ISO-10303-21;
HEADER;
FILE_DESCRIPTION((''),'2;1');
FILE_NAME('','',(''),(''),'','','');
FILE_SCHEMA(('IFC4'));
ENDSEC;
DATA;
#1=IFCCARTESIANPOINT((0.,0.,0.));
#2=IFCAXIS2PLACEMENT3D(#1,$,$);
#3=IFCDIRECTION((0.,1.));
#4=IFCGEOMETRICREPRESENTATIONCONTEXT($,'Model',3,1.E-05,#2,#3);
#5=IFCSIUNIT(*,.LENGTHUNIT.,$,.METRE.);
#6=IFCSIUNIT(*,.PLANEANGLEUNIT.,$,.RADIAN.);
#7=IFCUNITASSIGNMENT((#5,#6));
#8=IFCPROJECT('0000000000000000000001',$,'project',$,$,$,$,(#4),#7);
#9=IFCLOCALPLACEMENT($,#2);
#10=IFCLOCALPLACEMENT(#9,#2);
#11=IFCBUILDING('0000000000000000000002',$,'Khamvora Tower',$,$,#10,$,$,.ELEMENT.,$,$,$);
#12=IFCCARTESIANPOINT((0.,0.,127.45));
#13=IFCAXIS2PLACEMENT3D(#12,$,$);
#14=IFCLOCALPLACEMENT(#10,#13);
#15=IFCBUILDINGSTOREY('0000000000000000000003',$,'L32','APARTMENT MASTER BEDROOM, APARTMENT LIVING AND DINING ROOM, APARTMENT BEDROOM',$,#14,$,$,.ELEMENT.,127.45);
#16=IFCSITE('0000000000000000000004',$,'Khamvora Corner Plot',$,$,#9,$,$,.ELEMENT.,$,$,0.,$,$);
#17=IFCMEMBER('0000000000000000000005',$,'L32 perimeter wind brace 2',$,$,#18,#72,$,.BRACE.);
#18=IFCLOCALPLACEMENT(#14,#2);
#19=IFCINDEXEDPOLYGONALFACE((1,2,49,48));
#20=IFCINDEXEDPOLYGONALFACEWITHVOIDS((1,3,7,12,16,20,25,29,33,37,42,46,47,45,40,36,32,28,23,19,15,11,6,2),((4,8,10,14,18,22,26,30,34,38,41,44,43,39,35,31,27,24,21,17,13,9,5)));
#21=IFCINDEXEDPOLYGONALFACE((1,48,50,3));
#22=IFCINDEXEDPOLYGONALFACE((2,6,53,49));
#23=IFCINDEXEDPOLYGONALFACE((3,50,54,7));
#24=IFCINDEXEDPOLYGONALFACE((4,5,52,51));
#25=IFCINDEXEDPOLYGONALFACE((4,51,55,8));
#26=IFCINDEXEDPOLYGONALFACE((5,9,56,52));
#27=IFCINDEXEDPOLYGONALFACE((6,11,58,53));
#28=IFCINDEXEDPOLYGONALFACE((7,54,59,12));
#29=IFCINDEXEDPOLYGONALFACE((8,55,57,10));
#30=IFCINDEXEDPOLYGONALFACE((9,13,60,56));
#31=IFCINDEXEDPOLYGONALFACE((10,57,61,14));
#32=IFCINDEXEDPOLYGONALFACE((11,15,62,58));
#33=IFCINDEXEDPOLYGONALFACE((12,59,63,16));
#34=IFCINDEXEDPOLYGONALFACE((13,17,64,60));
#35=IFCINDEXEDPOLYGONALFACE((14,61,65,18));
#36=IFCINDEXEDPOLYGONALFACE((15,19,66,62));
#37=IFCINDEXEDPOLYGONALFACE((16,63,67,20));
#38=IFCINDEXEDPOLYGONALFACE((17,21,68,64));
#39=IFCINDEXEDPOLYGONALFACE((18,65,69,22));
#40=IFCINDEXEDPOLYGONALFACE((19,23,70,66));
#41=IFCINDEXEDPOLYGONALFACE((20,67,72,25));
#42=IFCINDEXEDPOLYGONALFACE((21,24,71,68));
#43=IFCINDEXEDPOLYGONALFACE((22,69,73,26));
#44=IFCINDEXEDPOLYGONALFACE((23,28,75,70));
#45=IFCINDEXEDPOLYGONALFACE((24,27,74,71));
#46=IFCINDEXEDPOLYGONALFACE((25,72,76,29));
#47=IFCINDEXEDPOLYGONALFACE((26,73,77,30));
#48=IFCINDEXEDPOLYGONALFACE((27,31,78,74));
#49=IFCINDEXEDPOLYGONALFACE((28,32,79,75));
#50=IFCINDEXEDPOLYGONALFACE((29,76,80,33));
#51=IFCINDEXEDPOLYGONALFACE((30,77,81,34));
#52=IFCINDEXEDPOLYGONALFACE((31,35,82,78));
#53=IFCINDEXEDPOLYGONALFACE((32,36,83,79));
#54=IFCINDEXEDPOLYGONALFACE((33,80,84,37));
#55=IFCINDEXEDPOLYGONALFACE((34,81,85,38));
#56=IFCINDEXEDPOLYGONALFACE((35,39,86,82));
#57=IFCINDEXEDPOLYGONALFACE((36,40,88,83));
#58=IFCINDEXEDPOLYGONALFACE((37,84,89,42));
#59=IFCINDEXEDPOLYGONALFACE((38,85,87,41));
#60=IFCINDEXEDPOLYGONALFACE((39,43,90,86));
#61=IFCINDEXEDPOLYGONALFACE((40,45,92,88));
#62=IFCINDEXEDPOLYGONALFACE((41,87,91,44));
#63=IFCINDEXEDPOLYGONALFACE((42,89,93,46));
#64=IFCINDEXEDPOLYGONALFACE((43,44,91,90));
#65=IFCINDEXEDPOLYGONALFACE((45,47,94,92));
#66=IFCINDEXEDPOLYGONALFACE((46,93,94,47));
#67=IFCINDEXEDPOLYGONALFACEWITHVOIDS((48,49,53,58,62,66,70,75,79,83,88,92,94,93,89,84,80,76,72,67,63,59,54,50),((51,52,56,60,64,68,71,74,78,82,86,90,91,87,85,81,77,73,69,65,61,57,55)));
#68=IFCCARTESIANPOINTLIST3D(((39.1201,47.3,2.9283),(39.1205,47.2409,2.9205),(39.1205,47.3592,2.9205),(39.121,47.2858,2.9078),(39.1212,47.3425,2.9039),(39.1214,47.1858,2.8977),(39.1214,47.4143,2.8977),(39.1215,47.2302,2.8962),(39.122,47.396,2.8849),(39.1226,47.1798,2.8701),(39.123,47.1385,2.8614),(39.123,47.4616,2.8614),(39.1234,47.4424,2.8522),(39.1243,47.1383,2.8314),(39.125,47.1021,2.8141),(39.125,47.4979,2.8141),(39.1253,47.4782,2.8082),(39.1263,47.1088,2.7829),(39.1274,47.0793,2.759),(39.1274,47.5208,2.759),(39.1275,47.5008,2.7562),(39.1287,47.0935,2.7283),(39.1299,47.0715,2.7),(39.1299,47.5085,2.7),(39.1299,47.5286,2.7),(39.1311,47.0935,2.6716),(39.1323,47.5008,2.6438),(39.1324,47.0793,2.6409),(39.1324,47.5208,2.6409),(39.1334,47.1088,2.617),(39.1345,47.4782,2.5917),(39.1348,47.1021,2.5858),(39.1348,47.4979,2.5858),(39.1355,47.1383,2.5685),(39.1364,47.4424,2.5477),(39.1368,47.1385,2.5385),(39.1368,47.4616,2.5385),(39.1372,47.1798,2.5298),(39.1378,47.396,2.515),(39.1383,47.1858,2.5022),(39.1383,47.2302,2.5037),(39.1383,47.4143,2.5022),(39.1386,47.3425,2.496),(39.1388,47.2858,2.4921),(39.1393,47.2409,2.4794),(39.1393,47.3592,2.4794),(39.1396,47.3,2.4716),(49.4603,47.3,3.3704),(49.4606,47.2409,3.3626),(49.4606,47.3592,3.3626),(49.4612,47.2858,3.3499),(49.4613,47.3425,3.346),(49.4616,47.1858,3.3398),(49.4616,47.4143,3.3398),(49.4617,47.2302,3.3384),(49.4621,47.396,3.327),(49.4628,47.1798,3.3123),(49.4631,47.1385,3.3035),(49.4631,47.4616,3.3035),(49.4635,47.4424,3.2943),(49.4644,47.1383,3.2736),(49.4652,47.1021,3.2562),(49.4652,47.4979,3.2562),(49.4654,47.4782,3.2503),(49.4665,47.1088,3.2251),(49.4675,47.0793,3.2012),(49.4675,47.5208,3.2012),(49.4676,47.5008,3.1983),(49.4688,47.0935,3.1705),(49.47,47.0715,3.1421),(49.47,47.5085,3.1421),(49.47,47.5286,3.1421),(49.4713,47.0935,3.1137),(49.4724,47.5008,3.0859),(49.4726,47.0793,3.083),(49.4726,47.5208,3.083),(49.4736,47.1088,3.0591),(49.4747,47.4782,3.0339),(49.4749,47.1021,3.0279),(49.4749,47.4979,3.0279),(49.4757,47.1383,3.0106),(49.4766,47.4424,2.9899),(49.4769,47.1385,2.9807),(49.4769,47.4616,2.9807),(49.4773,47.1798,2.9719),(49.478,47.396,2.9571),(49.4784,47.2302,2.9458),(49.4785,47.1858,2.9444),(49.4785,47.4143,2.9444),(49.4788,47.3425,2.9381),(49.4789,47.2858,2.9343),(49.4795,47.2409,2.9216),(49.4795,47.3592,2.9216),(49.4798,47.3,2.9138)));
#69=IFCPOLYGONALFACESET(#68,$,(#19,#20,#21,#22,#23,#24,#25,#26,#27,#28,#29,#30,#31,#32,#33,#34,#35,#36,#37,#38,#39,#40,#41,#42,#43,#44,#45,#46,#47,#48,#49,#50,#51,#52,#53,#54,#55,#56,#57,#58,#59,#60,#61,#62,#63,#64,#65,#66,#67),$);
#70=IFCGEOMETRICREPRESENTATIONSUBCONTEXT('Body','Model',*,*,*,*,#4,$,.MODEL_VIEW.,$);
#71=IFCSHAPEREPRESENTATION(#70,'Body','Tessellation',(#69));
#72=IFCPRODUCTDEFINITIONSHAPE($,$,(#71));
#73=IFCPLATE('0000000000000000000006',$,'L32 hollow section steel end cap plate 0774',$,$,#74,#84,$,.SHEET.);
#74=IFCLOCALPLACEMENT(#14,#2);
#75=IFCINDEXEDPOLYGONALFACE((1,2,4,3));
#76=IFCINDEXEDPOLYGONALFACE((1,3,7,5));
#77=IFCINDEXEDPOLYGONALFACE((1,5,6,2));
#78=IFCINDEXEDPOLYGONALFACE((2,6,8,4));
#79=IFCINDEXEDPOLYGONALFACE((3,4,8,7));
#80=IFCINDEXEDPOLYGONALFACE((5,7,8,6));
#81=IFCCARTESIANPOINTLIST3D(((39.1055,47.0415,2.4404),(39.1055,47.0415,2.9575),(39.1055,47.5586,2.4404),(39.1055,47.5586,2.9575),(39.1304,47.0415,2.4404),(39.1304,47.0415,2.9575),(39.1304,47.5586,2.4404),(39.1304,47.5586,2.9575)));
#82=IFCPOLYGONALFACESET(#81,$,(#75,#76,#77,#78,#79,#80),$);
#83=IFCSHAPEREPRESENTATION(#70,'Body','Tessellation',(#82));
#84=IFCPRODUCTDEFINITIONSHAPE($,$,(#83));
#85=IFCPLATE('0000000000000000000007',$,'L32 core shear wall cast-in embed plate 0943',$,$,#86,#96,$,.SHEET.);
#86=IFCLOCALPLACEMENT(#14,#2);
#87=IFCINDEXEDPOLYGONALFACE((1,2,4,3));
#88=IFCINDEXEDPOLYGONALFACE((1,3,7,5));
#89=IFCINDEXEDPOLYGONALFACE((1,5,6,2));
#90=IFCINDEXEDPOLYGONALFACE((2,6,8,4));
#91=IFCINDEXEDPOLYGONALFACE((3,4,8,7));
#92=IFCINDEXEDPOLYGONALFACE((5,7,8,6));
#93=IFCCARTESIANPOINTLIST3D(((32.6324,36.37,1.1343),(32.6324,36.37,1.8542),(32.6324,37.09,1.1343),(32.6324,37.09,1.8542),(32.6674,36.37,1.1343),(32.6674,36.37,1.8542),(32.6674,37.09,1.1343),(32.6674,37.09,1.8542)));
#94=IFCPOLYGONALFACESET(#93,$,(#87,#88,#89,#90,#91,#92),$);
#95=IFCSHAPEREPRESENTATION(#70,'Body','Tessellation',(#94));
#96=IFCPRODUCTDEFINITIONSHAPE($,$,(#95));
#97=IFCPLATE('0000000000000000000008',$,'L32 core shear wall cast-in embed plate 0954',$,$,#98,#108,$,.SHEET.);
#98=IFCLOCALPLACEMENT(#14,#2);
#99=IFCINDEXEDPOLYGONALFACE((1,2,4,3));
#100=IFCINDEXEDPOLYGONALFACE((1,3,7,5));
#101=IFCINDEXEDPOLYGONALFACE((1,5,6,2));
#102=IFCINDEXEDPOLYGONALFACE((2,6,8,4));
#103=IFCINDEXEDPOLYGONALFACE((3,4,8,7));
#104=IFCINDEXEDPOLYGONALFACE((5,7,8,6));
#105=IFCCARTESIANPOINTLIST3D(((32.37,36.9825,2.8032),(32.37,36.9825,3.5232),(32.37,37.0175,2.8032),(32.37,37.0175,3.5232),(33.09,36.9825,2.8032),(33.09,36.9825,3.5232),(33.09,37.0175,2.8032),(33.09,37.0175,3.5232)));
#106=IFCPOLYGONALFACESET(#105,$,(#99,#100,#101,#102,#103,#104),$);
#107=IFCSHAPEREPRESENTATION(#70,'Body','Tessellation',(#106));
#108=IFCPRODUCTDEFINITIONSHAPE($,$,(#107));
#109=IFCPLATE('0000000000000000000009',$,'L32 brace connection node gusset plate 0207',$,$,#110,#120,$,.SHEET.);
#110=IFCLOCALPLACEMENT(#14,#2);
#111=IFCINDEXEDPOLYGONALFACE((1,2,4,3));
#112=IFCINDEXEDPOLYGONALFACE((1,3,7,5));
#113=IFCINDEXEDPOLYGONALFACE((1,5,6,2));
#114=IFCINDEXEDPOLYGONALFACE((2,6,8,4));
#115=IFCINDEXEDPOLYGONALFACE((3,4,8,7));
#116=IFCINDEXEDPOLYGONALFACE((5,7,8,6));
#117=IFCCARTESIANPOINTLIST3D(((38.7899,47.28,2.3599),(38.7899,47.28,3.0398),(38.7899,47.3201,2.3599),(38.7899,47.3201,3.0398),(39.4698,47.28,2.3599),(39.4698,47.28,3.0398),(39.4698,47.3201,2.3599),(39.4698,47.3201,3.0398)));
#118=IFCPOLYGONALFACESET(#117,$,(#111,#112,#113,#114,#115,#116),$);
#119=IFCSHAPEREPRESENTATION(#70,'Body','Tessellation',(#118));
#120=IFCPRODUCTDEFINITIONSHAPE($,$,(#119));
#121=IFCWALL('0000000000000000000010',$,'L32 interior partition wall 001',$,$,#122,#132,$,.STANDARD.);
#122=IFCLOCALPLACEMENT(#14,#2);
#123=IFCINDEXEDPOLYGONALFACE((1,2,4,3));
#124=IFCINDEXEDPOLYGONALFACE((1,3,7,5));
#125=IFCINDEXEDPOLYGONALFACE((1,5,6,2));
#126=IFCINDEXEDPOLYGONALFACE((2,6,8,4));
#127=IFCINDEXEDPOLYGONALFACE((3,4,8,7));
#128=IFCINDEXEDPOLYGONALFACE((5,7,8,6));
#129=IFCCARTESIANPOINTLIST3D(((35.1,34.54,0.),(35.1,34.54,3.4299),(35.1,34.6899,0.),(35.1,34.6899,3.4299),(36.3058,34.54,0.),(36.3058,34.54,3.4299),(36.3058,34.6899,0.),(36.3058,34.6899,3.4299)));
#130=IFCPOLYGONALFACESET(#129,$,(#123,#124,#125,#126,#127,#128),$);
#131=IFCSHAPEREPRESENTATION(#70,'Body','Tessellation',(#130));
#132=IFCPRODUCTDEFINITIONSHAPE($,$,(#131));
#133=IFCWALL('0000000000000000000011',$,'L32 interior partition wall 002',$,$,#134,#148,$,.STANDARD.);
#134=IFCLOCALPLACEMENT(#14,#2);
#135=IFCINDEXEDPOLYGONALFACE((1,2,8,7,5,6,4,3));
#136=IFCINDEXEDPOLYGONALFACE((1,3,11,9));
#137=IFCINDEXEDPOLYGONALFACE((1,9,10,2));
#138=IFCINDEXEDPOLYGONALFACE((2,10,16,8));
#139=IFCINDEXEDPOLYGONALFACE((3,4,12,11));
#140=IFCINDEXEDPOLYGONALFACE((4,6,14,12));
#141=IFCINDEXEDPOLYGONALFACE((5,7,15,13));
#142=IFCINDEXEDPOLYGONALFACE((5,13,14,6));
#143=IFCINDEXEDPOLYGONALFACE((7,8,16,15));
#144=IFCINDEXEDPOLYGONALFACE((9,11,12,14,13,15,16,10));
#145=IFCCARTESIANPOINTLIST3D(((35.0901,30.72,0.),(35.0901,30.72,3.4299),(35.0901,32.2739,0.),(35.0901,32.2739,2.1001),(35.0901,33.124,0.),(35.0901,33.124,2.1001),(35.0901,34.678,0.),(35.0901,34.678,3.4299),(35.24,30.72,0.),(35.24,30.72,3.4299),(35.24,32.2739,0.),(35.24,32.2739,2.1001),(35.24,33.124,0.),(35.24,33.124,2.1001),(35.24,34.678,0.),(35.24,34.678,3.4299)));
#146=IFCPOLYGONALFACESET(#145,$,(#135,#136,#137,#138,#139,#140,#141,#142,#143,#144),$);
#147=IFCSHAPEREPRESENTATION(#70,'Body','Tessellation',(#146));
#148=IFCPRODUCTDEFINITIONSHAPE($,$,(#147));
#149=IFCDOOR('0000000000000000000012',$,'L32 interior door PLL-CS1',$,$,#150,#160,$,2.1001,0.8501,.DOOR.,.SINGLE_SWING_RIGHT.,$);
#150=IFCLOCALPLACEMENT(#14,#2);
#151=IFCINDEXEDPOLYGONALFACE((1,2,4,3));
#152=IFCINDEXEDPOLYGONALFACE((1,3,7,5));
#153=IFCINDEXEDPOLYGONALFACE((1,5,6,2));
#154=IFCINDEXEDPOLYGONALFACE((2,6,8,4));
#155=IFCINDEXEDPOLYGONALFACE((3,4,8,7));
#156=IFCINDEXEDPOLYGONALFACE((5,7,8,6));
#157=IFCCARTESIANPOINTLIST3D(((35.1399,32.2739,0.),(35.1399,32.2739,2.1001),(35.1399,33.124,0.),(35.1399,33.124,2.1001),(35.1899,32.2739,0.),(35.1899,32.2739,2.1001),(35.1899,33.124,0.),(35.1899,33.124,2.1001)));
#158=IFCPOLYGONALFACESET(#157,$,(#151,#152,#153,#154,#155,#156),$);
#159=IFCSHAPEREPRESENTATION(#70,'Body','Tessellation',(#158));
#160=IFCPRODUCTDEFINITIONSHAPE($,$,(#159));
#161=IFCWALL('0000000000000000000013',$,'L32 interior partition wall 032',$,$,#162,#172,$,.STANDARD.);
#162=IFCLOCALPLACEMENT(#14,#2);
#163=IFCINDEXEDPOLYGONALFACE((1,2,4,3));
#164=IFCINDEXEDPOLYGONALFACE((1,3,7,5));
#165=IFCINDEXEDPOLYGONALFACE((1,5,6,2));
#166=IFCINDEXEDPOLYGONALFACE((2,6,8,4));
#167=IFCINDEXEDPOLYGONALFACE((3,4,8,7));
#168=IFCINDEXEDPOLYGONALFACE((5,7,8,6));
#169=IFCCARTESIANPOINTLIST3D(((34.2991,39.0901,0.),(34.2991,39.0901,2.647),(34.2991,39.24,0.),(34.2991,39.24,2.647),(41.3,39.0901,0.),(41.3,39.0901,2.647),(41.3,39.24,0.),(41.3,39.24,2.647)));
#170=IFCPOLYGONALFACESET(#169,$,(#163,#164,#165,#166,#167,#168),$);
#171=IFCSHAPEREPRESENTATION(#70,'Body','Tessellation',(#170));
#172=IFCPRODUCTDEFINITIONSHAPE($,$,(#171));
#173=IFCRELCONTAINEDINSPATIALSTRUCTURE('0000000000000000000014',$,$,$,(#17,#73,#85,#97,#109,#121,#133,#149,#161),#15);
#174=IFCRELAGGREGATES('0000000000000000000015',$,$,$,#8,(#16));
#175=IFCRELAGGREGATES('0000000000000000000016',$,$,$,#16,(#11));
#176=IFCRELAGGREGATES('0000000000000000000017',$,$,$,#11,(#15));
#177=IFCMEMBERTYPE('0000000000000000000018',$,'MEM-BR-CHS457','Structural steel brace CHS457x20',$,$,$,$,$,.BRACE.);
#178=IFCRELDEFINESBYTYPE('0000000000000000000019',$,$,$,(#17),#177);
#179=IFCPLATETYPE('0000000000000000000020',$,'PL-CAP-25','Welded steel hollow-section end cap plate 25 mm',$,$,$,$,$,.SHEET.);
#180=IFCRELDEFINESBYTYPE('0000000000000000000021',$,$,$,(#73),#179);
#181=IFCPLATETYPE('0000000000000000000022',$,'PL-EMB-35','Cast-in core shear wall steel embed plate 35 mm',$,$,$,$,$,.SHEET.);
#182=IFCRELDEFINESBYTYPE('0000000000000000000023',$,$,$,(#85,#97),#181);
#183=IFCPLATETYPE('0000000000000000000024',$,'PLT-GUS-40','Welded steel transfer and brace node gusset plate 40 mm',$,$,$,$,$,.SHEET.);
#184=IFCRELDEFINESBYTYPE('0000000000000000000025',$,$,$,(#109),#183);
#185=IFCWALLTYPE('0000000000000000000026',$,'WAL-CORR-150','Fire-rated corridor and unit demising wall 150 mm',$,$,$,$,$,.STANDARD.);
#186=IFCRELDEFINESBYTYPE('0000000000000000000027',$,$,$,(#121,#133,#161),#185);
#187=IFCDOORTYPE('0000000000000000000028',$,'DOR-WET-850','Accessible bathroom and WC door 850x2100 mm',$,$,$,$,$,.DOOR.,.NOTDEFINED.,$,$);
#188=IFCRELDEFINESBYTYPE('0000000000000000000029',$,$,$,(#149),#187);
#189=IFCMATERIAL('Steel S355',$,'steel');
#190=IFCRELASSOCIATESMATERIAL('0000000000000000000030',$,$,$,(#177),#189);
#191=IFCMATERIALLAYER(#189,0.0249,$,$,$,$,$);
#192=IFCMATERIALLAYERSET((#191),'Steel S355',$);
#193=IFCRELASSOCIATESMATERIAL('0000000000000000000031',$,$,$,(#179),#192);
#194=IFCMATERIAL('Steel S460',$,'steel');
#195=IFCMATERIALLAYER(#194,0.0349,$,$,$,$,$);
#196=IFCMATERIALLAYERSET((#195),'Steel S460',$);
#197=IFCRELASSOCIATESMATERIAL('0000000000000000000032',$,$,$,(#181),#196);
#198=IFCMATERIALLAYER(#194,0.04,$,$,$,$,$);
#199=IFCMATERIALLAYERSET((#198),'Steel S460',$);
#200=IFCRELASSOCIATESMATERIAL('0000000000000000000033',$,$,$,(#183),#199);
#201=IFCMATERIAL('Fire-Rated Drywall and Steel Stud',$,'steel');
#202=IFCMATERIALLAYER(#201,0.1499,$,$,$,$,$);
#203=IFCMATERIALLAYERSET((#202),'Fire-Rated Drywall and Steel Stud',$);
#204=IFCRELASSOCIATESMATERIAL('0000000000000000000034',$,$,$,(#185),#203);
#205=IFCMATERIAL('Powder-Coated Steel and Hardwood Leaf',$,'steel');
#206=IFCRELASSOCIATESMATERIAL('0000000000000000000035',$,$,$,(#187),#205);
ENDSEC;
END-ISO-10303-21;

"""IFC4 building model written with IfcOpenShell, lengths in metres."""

from ifc_helpers import new_model, si_unit, direction, frame, frame_2d, origin, origin_2d, place, context, subcontext, project, spatial, rectangle, hollow_circle, extrude, material, layer, layer_set, material_profile, profile_set, type_object, element, fill, save


model = new_model("IFC4")

# Units and contexts
model_context = context("Model", 3, precision=1e-05, world=origin(), true_north=direction((0.0, 1.0)))
body_context = subcontext(model_context, "Body", "Model", "MODEL_VIEW")
ifc_project = project(units=[si_unit("LENGTHUNIT", "METRE"), si_unit("PLANEANGLEUNIT", "RADIAN")], contexts=[model_context])

# Site, building, storey
site_placement = place(None, origin())
site = spatial("IfcSite", under=ifc_project, at=site_placement, Name="Khamvora Corner Plot", CompositionType="ELEMENT", RefElevation=0.0)
building_placement = place(site_placement, origin())
building = spatial("IfcBuilding", under=site, at=building_placement, Name="Khamvora Tower", CompositionType="ELEMENT")
storey_placement = place(building_placement, frame((0.0, 0.0, 127.45)))
storey = spatial("IfcBuildingStorey", under=building, at=storey_placement, Name="L32", Description="APARTMENT MASTER BEDROOM, APARTMENT LIVING AND DINING ROOM, APARTMENT BEDROOM", CompositionType="ELEMENT", Elevation=127.45)

# Shared definitions
ifc_material_1 = material(Name="Steel S355", Category="steel")
ifc_material_2 = material(Name="Steel S460", Category="steel")

# Member
ifc_material_profile_1 = material_profile(ifc_material_1, hollow_circle(Radius=0.2285, WallThickness=0.02, at=origin_2d()), Name="CHS457x20")
ifc_profile_set_1 = profile_set([ifc_material_profile_1], Name="Steel S355")
member_type = type_object("IfcMemberType", Name="MEM-BR-CHS457", Description="Structural steel brace CHS457x20", PredefinedType="BRACE", material=ifc_profile_set_1)
member_placement = place(storey_placement, frame((39.1299, 47.3, 2.7), z_axis=(0.999087, 0.0, 0.042721), x_axis=(0.0, 1.0, 0.0)))
element("IfcMember", 1, at=member_placement, inside=storey, type_object=member_type, Name="L32 perimeter wind brace 2", PredefinedType="BRACE", context=body_context, shape_type="SweptSolid", body=[
    extrude(hollow_circle(Radius=0.2285, WallThickness=0.02, at=origin_2d()), origin(), (0.0, 0.0, 1.0), 10.3496),
])

# Plates
ifc_layer_1 = layer(ifc_material_1, 0.0249)
ifc_layer_set_1 = layer_set([ifc_layer_1], Name="Steel S355")
plate_type_1 = type_object("IfcPlateType", Name="PL-CAP-25", Description="Welded steel hollow-section end cap plate 25 mm", PredefinedType="SHEET", material=ifc_layer_set_1)
plate_1_placement = place(storey_placement, frame((39.1179, 47.3, 2.4404), z_axis=(0.0, 0.0, 1.0), x_axis=(1.0, 0.0, 0.0)))
element("IfcPlate", 2, at=plate_1_placement, inside=storey, type_object=plate_type_1, Name="L32 hollow section steel end cap plate 0774", PredefinedType="SHEET", context=body_context, shape_type="SweptSolid", body=[
    extrude(rectangle(XDim=0.0249, YDim=0.5171, at=origin_2d()), origin(), (0.0, 0.0, 1.0), 0.5171),
])
ifc_layer_2 = layer(ifc_material_2, 0.0349)
ifc_layer_set_2 = layer_set([ifc_layer_2], Name="Steel S460")
plate_type_2 = type_object("IfcPlateType", Name="PL-EMB-35", Description="Cast-in core shear wall steel embed plate 35 mm", PredefinedType="SHEET", material=ifc_layer_set_2)
plate_2_placement = place(storey_placement, frame((32.6499, 36.73, 1.1343), z_axis=(0.0, 0.0, 1.0), x_axis=(1.0, 0.0, 0.0)))
element("IfcPlate", 3, at=plate_2_placement, inside=storey, type_object=plate_type_2, Name="L32 core shear wall cast-in embed plate 0943", PredefinedType="SHEET", context=body_context, shape_type="SweptSolid", body=[
    extrude(rectangle(XDim=0.0349, YDim=0.72, at=origin_2d()), origin(), (0.0, 0.0, 1.0), 0.72),
])
plate_3_placement = place(storey_placement, frame((32.73, 37.0, 2.8032), z_axis=(0.0, 0.0, 1.0), x_axis=(1.0, 0.0, 0.0)))
element("IfcPlate", 4, at=plate_3_placement, inside=storey, type_object=plate_type_2, Name="L32 core shear wall cast-in embed plate 0954", PredefinedType="SHEET", context=body_context, shape_type="SweptSolid", body=[
    extrude(rectangle(XDim=0.72, YDim=0.0349, at=origin_2d()), origin(), (0.0, 0.0, 1.0), 0.72),
])
ifc_layer_3 = layer(ifc_material_2, 0.04)
ifc_layer_set_3 = layer_set([ifc_layer_3], Name="Steel S460")
plate_type_3 = type_object("IfcPlateType", Name="PLT-GUS-40", Description="Welded steel transfer and brace node gusset plate 40 mm", PredefinedType="SHEET", material=ifc_layer_set_3)
plate_4_placement = place(storey_placement, frame((39.1299, 47.3, 2.3599), z_axis=(0.0, 0.0, 1.0), x_axis=(1.0, 0.0, 0.0)))
element("IfcPlate", 5, at=plate_4_placement, inside=storey, type_object=plate_type_3, Name="L32 brace connection node gusset plate 0207", PredefinedType="SHEET", context=body_context, shape_type="SweptSolid", body=[
    extrude(rectangle(XDim=0.6799, YDim=0.04, at=origin_2d()), origin(), (0.0, 0.0, 1.0), 0.6799),
])

# Wall
ifc_material_3 = material(Name="Fire-Rated Drywall and Steel Stud", Category="steel")
ifc_layer_4 = layer(ifc_material_3, 0.1499)
ifc_layer_set_4 = layer_set([ifc_layer_4], Name="Fire-Rated Drywall and Steel Stud")
wall_type_1 = type_object("IfcWallType", Name="WAL-CORR-150", Description="Fire-rated corridor and unit demising wall 150 mm", PredefinedType="STANDARD", material=ifc_layer_set_4)
wall_1_placement = place(storey_placement, frame((36.3059, 34.615, 0.0), z_axis=(0.0, 0.0, 1.0), x_axis=(-1.0, 0.0, 0.0)))
element("IfcWall", 6, at=wall_1_placement, inside=storey, type_object=wall_type_1, Name="L32 interior partition wall 001", PredefinedType="STANDARD", context=body_context, shape_type="SweptSolid", body=[
    extrude(rectangle(XDim=1.2058, YDim=0.1499, at=frame_2d((0.603, 0.0))), origin(), (0.0, 0.0, 1.0), 3.4299),
])

# Wall, opening, door
wall_2_placement = place(storey_placement, frame((35.165, 34.678, 0.0), z_axis=(0.0, 0.0, 1.0), x_axis=(0.0, -1.0, 0.0)))
wall_2 = element("IfcWall", 7, at=wall_2_placement, inside=storey, type_object=wall_type_1, Name="L32 interior partition wall 002", PredefinedType="STANDARD", context=body_context, shape_type="SweptSolid", body=[
    extrude(rectangle(XDim=3.958, YDim=0.1499, at=frame_2d((1.979, 0.0))), origin(), (0.0, 0.0, 1.0), 3.4299),
])
opening_1_placement = place(wall_2_placement, frame((1.554, 0.0, 0.0)))
opening_1 = element("IfcOpeningElement", 8, at=opening_1_placement, cuts=wall_2, PredefinedType="OPENING", context=body_context, shape_type="SweptSolid", body=[
    extrude(rectangle(XDim=0.8501, YDim=2.1001, at=frame_2d((0.425, 1.05))), frame((0.0, 0.085, 0.0), z_axis=(0.0, -1.0, 0.0), x_axis=(1.0, 0.0, 0.0)), (0.0, 0.0, 1.0), 0.1699),
])
ifc_material_4 = material(Name="Powder-Coated Steel and Hardwood Leaf", Category="steel")
door_type_1 = type_object("IfcDoorType", Name="DOR-WET-850", Description="Accessible bathroom and WC door 850x2100 mm", OperationType="NOTDEFINED", PredefinedType="DOOR", material=ifc_material_4)
door_1_placement = place(opening_1_placement, origin())
door_1 = element("IfcDoor", 9, at=door_1_placement, inside=storey, type_object=door_type_1, Name="L32 interior door PLL-CS1", OperationType="SINGLE_SWING_RIGHT", OverallHeight=2.1001, OverallWidth=0.8501, PredefinedType="DOOR", context=body_context, shape_type="SweptSolid", body=[
    extrude(rectangle(XDim=0.8501, YDim=2.1001, at=frame_2d((0.425, 1.05))), frame((0.0, 0.0249, 0.0), z_axis=(0.0, -1.0, 0.0), x_axis=(1.0, 0.0, 0.0)), (0.0, 0.0, 1.0), 0.05),
])
fill(opening_1, door_1)

# Wall
wall_3_placement = place(storey_placement, frame((34.2991, 39.165, 0.0), z_axis=(0.0, 0.0, 1.0), x_axis=(1.0, 0.0, 0.0)))
element("IfcWall", 10, at=wall_3_placement, inside=storey, type_object=wall_type_1, Name="L32 interior partition wall 032", PredefinedType="STANDARD", context=body_context, shape_type="SweptSolid", body=[
    extrude(rectangle(XDim=7.001, YDim=0.1499, at=frame_2d((3.5005, 0.0))), origin(), (0.0, 0.0, 1.0), 2.647),
])

save(model, "model.ifc")
